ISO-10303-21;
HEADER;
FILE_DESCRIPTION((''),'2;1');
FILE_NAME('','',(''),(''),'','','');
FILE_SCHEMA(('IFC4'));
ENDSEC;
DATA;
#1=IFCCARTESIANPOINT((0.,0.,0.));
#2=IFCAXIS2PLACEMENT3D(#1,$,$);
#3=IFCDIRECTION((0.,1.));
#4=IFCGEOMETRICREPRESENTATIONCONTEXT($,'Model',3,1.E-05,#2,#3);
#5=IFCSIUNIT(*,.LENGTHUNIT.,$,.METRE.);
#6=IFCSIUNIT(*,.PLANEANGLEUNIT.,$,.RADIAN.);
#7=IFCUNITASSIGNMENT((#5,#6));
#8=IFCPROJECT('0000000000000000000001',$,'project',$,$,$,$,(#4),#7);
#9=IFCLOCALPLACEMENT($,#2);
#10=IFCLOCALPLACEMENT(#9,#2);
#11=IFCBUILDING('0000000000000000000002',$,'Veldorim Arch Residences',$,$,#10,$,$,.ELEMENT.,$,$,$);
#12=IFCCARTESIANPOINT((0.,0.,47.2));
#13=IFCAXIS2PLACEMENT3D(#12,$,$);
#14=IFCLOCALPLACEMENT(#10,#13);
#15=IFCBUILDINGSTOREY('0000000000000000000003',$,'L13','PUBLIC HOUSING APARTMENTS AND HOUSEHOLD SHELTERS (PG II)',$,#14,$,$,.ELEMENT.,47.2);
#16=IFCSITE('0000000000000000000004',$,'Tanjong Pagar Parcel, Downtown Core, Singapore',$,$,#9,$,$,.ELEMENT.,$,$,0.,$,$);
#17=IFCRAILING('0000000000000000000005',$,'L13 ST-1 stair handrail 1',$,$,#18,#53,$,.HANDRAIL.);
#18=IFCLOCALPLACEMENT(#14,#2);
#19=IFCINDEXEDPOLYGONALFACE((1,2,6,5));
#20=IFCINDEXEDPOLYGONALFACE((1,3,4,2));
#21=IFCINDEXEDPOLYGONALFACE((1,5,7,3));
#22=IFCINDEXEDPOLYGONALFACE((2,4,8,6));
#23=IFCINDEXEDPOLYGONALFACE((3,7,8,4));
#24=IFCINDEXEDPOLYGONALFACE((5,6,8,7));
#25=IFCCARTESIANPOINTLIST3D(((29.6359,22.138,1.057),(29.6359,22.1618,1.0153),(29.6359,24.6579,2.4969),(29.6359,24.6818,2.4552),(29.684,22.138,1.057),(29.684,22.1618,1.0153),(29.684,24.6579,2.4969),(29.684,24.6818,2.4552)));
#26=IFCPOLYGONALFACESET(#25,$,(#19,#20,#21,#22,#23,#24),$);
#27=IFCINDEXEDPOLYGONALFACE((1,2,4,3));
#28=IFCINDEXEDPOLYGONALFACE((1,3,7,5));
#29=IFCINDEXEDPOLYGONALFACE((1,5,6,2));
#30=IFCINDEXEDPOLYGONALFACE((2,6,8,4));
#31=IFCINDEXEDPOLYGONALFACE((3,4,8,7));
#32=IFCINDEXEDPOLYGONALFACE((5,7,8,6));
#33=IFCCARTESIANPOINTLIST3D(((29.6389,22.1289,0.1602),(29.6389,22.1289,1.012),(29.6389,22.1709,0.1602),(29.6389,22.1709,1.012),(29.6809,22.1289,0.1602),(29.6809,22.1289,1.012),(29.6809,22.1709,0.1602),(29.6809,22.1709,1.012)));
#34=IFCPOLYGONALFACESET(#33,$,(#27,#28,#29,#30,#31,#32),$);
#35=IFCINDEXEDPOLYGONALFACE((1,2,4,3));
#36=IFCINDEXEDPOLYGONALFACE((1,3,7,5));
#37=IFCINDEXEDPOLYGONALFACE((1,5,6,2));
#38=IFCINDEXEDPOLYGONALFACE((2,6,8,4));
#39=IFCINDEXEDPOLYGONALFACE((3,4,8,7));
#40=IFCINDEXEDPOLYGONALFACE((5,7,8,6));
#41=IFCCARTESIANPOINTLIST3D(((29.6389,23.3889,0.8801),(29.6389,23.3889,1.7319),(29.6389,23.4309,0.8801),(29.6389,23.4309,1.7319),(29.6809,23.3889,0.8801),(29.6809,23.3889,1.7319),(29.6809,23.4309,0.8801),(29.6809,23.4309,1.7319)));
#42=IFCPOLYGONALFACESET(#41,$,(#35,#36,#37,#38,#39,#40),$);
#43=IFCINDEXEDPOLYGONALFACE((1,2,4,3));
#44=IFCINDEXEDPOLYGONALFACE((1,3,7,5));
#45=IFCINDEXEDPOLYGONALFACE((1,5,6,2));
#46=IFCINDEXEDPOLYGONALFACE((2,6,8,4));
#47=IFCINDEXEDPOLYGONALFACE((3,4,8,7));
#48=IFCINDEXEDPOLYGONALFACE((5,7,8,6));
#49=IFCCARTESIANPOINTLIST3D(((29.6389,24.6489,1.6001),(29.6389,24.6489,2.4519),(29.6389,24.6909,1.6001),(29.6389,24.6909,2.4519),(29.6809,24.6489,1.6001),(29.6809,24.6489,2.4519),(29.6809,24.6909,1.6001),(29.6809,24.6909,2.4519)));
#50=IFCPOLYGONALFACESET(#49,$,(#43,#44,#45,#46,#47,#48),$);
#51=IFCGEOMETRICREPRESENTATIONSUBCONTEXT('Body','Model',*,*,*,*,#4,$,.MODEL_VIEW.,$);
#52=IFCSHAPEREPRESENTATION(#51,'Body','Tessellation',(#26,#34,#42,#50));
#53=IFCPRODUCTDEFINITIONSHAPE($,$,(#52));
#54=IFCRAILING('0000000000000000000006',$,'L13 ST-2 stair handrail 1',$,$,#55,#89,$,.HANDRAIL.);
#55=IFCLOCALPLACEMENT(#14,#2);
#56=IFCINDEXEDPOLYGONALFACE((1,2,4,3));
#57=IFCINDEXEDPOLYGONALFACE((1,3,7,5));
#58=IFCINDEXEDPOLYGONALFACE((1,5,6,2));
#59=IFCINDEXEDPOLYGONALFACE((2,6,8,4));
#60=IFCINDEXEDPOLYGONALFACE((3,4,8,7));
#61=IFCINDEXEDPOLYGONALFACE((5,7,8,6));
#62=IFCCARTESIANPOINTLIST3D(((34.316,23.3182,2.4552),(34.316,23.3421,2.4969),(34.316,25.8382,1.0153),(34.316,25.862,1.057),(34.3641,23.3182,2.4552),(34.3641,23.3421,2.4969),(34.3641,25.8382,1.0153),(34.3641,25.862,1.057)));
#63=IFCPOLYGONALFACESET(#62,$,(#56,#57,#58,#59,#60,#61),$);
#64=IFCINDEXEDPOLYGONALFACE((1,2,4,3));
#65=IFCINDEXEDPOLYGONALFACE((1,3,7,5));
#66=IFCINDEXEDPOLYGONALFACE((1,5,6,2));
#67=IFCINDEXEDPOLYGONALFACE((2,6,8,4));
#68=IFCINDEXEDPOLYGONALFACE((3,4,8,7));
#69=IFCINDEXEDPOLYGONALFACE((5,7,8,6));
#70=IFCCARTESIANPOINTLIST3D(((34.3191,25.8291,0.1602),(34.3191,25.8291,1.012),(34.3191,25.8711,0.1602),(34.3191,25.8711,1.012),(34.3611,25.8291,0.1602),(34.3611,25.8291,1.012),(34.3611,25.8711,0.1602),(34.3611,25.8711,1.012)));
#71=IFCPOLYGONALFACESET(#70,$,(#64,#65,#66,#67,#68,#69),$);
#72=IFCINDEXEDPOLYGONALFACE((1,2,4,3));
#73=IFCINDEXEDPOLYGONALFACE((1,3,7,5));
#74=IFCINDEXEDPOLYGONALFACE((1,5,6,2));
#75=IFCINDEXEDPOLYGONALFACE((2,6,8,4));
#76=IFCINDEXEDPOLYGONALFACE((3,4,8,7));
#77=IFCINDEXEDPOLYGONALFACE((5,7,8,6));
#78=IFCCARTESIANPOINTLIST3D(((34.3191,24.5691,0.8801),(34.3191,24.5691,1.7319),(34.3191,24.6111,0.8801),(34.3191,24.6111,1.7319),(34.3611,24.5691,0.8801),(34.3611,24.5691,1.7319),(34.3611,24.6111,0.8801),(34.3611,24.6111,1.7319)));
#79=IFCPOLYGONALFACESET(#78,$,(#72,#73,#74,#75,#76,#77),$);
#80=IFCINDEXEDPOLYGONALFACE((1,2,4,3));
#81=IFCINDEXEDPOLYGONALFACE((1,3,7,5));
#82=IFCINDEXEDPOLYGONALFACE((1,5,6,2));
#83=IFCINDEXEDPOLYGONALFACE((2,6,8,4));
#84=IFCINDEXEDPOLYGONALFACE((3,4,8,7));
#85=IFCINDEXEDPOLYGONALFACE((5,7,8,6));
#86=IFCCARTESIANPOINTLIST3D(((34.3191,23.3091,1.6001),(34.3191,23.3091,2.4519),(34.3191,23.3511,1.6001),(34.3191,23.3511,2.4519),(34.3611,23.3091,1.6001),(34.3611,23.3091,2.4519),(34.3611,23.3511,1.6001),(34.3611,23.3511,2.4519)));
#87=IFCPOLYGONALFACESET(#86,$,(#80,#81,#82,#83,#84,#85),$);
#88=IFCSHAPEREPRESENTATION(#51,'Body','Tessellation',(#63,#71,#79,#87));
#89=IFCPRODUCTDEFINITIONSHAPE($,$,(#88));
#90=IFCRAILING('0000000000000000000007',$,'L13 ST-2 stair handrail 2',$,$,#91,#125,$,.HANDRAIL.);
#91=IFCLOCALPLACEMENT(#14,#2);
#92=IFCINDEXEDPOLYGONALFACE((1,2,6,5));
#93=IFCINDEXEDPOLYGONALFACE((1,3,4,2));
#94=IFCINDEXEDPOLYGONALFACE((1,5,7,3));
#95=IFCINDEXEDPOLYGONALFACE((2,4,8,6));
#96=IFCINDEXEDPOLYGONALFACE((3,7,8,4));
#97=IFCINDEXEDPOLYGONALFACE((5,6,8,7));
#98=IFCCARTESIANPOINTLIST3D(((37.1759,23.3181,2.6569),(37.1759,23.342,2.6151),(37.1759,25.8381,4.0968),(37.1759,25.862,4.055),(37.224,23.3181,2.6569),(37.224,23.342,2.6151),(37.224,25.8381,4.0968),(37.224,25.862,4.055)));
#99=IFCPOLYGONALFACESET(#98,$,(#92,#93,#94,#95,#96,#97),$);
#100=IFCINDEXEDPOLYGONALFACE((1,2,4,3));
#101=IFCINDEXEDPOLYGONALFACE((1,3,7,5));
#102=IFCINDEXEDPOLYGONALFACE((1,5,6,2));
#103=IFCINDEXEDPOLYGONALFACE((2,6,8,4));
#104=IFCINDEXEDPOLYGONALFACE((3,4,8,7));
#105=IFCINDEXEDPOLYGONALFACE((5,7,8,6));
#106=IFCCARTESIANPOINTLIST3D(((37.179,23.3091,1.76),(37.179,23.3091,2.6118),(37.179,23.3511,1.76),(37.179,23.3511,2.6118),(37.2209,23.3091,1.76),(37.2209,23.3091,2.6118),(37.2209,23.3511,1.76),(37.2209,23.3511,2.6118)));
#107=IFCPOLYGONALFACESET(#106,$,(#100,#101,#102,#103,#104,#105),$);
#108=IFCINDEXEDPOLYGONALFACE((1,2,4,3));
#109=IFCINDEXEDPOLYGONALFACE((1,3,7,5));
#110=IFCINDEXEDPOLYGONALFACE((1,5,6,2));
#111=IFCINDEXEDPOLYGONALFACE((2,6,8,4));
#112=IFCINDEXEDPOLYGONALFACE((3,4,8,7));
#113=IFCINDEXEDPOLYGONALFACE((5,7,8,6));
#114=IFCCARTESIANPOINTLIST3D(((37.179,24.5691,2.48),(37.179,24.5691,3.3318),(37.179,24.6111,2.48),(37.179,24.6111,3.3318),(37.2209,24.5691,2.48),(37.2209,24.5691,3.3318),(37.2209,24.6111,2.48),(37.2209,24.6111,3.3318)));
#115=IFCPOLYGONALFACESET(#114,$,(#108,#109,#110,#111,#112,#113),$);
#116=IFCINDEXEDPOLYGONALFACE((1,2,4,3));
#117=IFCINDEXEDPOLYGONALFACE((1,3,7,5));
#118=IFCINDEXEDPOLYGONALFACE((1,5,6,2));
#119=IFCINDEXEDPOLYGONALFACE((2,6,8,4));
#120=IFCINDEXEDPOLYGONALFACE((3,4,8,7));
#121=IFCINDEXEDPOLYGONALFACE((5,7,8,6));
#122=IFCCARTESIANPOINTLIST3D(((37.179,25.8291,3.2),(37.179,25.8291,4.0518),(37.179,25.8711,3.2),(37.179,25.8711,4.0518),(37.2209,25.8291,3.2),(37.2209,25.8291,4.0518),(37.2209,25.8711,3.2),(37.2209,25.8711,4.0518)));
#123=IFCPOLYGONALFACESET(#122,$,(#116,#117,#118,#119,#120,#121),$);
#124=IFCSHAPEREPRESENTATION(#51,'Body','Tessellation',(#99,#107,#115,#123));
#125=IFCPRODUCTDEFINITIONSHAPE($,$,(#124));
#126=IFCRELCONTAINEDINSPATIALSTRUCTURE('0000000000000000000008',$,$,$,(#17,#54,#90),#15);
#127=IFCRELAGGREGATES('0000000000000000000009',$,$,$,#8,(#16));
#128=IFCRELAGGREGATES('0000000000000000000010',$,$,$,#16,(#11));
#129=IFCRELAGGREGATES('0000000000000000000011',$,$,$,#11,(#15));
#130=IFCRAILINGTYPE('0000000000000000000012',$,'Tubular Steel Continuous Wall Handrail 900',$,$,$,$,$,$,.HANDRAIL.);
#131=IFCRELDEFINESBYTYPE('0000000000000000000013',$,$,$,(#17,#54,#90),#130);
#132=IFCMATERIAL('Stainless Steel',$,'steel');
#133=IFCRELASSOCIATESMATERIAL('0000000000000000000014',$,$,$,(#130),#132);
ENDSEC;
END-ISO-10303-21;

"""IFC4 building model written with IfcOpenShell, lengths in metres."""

from ifc_helpers import new_model, si_unit, direction, frame, origin, origin_2d, place, context, subcontext, project, spatial, rectangle, extrude, material, type_object, element, save


model = new_model("IFC4")

# Units and contexts
model_context = context("Model", 3, precision=1e-05, world=origin(), true_north=direction((0.0, 1.0)))
body_context = subcontext(model_context, "Body", "Model", "MODEL_VIEW")
ifc_project = project(units=[si_unit("LENGTHUNIT", "METRE"), si_unit("PLANEANGLEUNIT", "RADIAN")], contexts=[model_context])

# Site, building, storey
site_placement = place(None, origin())
site = spatial("IfcSite", under=ifc_project, at=site_placement, Name="Tanjong Pagar Parcel, Downtown Core, Singapore", CompositionType="ELEMENT", RefElevation=0.0)
building_placement = place(site_placement, origin())
building = spatial("IfcBuilding", under=site, at=building_placement, Name="Veldorim Arch Residences", CompositionType="ELEMENT")
storey_placement = place(building_placement, frame((0.0, 0.0, 47.2)))
storey = spatial("IfcBuildingStorey", under=building, at=storey_placement, Name="L13", Description="PUBLIC HOUSING APARTMENTS AND HOUSEHOLD SHELTERS (PG II)", CompositionType="ELEMENT", Elevation=47.2)

# Railings
ifc_material_1 = material(Name="Stainless Steel", Category="steel")
railing_type_1 = type_object("IfcRailingType", Name="Tubular Steel Continuous Wall Handrail 900", PredefinedType="HANDRAIL", material=ifc_material_1)
railing_1_placement = place(storey_placement, frame((29.6599, 22.1499, 0.1602)))
element("IfcRailing", 1, at=railing_1_placement, inside=storey, type_object=railing_type_1, Name="L13 ST-1 stair handrail 1", PredefinedType="HANDRAIL", context=body_context, shape_type="SweptSolid", body=[
    extrude(rectangle(XDim=0.0481, YDim=0.0481, at=origin_2d()), frame((0.0, 0.0, 0.876), z_axis=(0.0, 0.868253, 0.496121), x_axis=(-1.0, 0.0, 0.0)), (0.0, 0.0, 1.0), 2.9023),
    extrude(rectangle(XDim=0.042, YDim=0.042, at=origin_2d()), origin(), (0.0, 0.0, 1.0), 0.8518),
    extrude(rectangle(XDim=0.042, YDim=0.042, at=origin_2d()), frame((0.0, 1.26, 0.72)), (0.0, 0.0, 1.0), 0.8518),
    extrude(rectangle(XDim=0.042, YDim=0.042, at=origin_2d()), frame((0.0, 2.52, 1.4399)), (0.0, 0.0, 1.0), 0.8518),
])
railing_2_placement = place(storey_placement, frame((34.3401, 25.8501, 0.1602)))
element("IfcRailing", 2, at=railing_2_placement, inside=storey, type_object=railing_type_1, Name="L13 ST-2 stair handrail 1", PredefinedType="HANDRAIL", context=body_context, shape_type="SweptSolid", body=[
    extrude(rectangle(XDim=0.0481, YDim=0.0481, at=origin_2d()), frame((0.0, 0.0, 0.876), z_axis=(0.0, -0.868253, 0.496121), x_axis=(1.0, 0.0, 0.0)), (0.0, 0.0, 1.0), 2.9023),
    extrude(rectangle(XDim=0.042, YDim=0.042, at=origin_2d()), origin(), (0.0, 0.0, 1.0), 0.8518),
    extrude(rectangle(XDim=0.042, YDim=0.042, at=origin_2d()), frame((0.0, -1.26, 0.72)), (0.0, 0.0, 1.0), 0.8518),
    extrude(rectangle(XDim=0.042, YDim=0.042, at=origin_2d()), frame((0.0, -2.52, 1.4399)), (0.0, 0.0, 1.0), 0.8518),
])
railing_3_placement = place(storey_placement, frame((37.2, 23.3301, 1.76)))
element("IfcRailing", 3, at=railing_3_placement, inside=storey, type_object=railing_type_1, Name="L13 ST-2 stair handrail 2", PredefinedType="HANDRAIL", context=body_context, shape_type="SweptSolid", body=[
    extrude(rectangle(XDim=0.0481, YDim=0.0481, at=origin_2d()), frame((0.0, 0.0, 0.876), z_axis=(0.0, 0.868253, 0.496121), x_axis=(-1.0, 0.0, 0.0)), (0.0, 0.0, 1.0), 2.9023),
    extrude(rectangle(XDim=0.042, YDim=0.042, at=origin_2d()), origin(), (0.0, 0.0, 1.0), 0.8518),
    extrude(rectangle(XDim=0.042, YDim=0.042, at=origin_2d()), frame((0.0, 1.26, 0.72)), (0.0, 0.0, 1.0), 0.8518),
    extrude(rectangle(XDim=0.042, YDim=0.042, at=origin_2d()), frame((0.0, 2.52, 1.4399)), (0.0, 0.0, 1.0), 0.8518),
])

save(model, "model.ifc")
